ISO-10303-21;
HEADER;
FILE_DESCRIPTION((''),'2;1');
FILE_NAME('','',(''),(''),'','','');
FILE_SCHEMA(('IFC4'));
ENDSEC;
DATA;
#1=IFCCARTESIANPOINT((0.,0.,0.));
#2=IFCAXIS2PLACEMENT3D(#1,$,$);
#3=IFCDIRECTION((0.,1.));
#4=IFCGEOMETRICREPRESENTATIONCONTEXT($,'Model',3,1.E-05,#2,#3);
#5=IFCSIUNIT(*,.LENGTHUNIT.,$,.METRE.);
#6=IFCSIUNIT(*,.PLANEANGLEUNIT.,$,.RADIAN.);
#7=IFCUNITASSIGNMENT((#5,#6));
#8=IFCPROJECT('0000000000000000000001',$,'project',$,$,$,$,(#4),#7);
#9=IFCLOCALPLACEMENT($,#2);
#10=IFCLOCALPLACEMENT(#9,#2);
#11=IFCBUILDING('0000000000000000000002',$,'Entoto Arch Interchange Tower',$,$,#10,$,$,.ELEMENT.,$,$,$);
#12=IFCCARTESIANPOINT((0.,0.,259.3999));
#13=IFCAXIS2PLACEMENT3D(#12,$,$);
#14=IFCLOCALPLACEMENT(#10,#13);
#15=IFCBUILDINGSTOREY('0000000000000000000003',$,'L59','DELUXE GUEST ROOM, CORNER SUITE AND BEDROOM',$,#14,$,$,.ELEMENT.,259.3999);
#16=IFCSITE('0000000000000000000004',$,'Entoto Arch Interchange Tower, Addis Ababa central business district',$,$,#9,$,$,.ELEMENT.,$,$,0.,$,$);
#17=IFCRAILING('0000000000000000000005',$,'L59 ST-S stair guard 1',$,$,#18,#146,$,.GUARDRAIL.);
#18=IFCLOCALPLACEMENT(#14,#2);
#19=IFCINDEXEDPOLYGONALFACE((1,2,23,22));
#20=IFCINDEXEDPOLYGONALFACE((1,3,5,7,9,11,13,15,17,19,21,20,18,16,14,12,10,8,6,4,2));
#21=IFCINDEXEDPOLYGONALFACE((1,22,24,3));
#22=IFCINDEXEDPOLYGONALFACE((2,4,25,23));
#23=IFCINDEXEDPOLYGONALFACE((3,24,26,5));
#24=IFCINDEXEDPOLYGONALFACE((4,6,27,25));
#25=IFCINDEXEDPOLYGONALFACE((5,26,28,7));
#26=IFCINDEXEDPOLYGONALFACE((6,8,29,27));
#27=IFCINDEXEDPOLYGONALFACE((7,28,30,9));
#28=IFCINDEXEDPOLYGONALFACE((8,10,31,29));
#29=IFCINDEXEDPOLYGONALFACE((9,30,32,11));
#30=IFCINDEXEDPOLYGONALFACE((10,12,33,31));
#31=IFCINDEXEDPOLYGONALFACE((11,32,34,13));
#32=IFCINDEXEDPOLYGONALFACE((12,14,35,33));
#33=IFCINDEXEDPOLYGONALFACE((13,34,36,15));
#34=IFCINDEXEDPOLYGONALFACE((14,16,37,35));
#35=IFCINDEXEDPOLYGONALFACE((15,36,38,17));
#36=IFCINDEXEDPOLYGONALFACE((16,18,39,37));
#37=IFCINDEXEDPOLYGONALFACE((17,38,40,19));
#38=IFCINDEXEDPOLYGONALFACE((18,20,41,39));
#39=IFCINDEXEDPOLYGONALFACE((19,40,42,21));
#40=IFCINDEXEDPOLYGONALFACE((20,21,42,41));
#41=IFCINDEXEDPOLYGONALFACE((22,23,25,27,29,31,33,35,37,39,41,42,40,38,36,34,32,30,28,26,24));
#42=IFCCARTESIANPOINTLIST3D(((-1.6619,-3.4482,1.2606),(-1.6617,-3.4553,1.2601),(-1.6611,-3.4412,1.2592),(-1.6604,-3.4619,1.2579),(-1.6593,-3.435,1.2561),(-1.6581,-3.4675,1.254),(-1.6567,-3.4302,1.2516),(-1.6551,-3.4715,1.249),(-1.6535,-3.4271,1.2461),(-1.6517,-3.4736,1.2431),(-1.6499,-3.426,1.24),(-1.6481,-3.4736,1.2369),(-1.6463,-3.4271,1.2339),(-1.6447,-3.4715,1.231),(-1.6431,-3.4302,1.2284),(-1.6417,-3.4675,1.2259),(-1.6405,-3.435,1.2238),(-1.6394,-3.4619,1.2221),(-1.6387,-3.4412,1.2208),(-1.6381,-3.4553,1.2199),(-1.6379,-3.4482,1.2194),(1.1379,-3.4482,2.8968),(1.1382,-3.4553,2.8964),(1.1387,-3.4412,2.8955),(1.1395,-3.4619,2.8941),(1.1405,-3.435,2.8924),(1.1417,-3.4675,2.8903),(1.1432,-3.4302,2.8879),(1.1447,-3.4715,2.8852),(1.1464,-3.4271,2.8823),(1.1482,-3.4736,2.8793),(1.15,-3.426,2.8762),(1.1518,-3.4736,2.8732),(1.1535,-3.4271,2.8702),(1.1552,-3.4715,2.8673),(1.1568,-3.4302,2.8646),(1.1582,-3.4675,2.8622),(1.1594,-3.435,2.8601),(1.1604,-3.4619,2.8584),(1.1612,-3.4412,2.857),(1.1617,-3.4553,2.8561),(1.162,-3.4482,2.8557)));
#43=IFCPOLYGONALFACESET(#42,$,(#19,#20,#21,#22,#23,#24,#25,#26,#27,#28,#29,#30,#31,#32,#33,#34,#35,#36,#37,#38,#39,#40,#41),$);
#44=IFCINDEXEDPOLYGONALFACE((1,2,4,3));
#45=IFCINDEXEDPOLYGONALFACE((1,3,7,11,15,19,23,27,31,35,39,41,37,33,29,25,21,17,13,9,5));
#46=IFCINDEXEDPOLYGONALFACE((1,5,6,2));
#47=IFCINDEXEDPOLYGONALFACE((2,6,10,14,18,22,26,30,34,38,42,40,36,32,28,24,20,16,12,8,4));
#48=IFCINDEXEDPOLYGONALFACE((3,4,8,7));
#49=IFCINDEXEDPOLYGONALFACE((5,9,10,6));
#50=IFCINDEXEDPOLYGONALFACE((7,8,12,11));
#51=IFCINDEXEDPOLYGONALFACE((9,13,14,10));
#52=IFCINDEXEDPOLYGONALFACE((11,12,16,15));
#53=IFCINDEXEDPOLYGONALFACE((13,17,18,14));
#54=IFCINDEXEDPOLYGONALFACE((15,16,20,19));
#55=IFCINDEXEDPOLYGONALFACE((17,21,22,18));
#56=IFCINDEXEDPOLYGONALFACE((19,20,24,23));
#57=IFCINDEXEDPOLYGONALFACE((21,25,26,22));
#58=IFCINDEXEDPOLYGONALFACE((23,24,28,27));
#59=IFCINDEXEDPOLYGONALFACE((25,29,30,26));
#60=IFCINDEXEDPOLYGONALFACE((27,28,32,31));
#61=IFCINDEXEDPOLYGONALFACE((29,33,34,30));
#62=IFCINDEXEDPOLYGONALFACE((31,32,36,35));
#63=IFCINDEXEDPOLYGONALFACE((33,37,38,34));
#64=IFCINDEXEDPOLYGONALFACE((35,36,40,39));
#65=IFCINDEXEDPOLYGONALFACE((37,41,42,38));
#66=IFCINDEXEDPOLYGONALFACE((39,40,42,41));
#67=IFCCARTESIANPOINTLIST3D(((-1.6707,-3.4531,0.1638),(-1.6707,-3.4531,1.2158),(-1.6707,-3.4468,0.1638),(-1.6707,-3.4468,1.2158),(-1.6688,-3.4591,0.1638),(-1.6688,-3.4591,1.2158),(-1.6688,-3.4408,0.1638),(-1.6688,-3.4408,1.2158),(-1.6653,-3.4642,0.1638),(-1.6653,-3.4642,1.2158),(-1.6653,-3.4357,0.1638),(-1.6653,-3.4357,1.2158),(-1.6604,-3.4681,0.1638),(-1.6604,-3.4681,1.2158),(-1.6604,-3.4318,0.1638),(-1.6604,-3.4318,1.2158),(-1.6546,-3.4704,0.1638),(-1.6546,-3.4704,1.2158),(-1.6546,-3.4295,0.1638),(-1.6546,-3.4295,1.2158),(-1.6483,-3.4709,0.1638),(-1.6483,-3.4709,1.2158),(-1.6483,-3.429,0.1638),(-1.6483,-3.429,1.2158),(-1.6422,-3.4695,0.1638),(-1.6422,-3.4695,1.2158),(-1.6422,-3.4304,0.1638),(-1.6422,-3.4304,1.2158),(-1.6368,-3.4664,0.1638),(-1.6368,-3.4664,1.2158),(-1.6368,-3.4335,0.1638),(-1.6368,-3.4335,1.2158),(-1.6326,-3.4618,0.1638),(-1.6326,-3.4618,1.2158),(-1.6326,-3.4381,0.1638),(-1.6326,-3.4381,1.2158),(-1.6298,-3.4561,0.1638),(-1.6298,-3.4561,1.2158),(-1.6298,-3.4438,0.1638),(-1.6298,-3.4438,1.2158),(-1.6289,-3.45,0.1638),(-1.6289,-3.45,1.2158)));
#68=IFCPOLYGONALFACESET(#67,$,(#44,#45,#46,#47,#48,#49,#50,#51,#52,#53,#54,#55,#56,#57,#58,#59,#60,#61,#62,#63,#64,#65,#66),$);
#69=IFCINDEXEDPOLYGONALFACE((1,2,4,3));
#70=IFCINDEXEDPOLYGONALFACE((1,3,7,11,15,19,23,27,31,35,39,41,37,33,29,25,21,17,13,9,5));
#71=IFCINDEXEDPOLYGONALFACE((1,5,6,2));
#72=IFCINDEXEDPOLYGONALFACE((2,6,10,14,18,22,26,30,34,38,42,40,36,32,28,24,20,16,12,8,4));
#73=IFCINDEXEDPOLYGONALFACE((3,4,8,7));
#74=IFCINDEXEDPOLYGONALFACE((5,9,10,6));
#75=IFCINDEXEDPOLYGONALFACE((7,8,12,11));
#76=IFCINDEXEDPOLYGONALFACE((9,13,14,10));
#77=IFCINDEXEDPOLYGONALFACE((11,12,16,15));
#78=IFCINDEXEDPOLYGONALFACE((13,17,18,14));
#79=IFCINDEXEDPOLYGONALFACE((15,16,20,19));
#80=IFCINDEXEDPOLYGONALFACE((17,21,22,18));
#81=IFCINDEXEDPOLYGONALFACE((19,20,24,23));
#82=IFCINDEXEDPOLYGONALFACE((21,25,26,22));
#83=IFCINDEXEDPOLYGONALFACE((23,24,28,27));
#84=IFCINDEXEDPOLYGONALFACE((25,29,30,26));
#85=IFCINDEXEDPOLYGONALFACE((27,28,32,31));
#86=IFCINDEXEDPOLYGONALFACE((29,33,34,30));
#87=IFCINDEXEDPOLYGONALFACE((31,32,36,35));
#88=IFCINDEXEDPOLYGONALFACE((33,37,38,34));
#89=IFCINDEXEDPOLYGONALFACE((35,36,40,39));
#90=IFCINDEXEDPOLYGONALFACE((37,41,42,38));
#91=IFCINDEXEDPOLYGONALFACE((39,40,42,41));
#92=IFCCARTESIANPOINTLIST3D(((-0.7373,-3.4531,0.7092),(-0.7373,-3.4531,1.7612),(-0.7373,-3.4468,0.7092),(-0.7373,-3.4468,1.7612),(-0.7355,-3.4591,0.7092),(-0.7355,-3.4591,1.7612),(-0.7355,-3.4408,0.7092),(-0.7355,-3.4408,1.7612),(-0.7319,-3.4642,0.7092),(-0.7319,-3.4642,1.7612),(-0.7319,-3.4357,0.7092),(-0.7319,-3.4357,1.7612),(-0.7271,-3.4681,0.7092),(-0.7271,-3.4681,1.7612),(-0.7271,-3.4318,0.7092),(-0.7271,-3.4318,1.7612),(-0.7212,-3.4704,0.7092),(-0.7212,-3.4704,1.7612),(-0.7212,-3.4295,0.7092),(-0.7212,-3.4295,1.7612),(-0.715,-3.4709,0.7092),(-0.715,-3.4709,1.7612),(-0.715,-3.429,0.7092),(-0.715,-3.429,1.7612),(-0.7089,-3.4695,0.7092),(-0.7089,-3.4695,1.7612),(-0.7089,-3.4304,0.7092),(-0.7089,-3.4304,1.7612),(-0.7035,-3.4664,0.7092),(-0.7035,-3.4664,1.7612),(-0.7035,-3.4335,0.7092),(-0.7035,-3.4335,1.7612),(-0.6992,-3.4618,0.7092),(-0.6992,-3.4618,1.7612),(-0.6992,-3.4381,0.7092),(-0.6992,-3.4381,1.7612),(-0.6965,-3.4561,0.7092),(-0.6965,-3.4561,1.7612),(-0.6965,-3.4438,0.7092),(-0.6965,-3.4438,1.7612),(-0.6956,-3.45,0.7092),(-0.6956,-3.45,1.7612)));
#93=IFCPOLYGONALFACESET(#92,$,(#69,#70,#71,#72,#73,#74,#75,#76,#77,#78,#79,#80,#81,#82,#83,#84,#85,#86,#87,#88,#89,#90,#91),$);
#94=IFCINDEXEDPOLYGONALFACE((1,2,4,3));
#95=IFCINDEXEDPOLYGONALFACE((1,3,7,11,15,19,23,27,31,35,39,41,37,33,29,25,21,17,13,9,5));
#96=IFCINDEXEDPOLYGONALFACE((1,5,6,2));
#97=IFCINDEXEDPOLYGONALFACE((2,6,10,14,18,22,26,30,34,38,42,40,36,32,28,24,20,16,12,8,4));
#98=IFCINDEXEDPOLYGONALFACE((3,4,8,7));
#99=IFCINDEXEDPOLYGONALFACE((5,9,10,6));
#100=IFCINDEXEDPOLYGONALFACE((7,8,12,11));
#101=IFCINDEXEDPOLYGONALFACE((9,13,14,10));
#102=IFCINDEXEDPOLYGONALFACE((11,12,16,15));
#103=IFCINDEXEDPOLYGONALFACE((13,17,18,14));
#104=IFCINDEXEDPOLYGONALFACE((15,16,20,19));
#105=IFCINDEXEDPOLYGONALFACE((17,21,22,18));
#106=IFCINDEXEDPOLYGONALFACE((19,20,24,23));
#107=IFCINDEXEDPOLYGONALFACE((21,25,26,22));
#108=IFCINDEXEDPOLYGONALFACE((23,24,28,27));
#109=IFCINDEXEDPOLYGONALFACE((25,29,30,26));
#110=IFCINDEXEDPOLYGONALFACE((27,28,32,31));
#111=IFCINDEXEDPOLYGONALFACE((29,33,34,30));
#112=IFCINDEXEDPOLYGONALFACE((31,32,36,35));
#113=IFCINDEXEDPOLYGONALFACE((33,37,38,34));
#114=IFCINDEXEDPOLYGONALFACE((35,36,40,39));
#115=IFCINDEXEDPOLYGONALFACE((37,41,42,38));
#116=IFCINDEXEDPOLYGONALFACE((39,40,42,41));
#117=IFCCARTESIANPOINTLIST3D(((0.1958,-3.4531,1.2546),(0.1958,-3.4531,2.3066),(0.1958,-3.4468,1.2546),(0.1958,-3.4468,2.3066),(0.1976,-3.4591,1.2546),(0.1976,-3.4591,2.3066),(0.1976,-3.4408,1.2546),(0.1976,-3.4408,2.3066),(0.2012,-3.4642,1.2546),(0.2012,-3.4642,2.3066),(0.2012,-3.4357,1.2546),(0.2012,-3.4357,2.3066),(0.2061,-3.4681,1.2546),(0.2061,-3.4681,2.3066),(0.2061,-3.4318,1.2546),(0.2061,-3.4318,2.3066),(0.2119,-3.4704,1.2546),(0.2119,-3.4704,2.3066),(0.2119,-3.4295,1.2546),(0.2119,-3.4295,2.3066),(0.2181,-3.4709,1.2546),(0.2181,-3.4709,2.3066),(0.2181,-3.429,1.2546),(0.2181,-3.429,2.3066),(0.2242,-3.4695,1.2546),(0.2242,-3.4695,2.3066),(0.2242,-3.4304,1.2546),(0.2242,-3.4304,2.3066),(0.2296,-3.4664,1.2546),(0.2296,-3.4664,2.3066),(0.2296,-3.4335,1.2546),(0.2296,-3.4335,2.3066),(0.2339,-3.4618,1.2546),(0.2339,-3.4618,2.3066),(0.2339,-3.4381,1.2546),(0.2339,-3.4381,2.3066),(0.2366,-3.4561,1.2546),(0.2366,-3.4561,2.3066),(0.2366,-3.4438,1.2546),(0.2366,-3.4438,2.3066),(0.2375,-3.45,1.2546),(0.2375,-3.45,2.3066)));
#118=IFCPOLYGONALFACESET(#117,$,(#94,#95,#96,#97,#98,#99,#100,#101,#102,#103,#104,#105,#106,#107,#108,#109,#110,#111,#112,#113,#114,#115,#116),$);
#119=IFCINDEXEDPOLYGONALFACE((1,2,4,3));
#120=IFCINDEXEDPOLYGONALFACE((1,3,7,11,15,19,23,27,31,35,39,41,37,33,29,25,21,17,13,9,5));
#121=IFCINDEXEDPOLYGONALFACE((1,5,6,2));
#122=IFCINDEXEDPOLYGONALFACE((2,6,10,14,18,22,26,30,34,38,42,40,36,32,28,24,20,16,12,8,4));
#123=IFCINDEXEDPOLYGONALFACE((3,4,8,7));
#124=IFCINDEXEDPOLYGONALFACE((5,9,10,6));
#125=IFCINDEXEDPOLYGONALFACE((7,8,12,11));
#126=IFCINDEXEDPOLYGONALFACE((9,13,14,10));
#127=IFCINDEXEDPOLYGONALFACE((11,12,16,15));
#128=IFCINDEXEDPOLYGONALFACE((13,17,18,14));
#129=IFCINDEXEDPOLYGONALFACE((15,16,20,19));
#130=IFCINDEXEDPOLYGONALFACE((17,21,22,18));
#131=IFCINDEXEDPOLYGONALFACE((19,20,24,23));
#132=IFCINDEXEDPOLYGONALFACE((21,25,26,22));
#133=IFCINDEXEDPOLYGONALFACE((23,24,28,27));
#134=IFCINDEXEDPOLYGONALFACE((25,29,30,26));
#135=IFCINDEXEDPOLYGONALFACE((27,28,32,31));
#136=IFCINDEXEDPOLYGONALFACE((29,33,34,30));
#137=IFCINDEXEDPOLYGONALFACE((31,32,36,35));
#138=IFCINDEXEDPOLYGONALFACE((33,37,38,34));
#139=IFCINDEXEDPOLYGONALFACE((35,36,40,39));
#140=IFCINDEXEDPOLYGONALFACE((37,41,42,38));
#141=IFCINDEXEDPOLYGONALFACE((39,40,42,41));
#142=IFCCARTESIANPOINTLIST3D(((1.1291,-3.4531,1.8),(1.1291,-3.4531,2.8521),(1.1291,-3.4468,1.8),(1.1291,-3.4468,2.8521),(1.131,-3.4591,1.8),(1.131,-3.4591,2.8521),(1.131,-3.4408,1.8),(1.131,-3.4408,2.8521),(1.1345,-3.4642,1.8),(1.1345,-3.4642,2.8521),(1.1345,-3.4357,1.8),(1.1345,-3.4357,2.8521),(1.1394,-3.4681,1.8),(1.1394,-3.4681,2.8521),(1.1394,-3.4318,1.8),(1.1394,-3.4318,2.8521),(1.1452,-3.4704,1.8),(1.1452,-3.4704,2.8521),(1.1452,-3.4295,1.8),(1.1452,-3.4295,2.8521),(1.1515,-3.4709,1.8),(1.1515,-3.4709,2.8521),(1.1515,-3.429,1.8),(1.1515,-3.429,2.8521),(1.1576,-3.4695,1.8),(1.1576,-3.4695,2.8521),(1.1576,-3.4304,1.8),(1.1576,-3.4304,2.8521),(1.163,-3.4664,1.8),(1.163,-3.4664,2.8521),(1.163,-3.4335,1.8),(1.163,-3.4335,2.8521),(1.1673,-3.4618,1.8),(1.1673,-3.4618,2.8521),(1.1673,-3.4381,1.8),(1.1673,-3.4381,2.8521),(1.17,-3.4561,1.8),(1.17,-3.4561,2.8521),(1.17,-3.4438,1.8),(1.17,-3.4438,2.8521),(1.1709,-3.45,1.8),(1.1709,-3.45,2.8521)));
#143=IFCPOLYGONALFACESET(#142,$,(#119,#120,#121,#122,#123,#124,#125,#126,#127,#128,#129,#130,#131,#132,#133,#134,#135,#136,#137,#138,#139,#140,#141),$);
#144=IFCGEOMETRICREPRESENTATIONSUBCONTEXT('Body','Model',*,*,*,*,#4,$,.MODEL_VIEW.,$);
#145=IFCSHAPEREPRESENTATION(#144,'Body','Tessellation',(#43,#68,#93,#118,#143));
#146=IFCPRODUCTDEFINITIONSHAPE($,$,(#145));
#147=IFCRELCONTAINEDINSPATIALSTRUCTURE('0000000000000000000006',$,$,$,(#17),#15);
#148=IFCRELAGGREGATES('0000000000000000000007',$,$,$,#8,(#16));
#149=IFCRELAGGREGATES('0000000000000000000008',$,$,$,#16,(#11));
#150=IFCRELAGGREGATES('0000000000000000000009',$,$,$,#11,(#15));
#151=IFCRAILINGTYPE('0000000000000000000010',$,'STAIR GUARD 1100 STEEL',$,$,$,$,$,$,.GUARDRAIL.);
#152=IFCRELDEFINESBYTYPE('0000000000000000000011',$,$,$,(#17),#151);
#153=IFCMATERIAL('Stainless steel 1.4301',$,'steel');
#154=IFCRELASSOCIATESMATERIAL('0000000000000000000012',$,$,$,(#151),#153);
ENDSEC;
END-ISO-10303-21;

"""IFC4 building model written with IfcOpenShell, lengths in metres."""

from ifc_helpers import new_model, si_unit, direction, frame, origin, origin_2d, place, context, subcontext, project, spatial, circle, extrude, material, type_object, element, save


model = new_model("IFC4")

# Units and contexts
model_context = context("Model", 3, precision=1e-05, world=origin(), true_north=direction((0.0, 1.0)))
body_context = subcontext(model_context, "Body", "Model", "MODEL_VIEW")
ifc_project = project(units=[si_unit("LENGTHUNIT", "METRE"), si_unit("PLANEANGLEUNIT", "RADIAN")], contexts=[model_context])

# Site, building, storey
site_placement = place(None, origin())
site = spatial("IfcSite", under=ifc_project, at=site_placement, Name="Entoto Arch Interchange Tower, Addis Ababa central business district", CompositionType="ELEMENT", RefElevation=0.0)
building_placement = place(site_placement, origin())
building = spatial("IfcBuilding", under=site, at=building_placement, Name="Entoto Arch Interchange Tower", CompositionType="ELEMENT")
storey_placement = place(building_placement, frame((0.0, 0.0, 259.3999)))
storey = spatial("IfcBuildingStorey", under=building, at=storey_placement, Name="L59", Description="DELUXE GUEST ROOM, CORNER SUITE AND BEDROOM", CompositionType="ELEMENT", Elevation=259.3999)

# Railing
ifc_material_1 = material(Name="Stainless steel 1.4301", Category="steel")
railing_type_1 = type_object("IfcRailingType", Name="STAIR GUARD 1100 STEEL", PredefinedType="GUARDRAIL", material=ifc_material_1)
railing_1_placement = place(storey_placement, frame((-1.6499, -3.45, 0.1638)))
element("IfcRailing", 1, at=railing_1_placement, inside=storey, type_object=railing_type_1, Name="L59 ST-S stair guard 1", PredefinedType="GUARDRAIL", context=body_context, shape_type="SweptSolid", body=[
    extrude(circle(Radius=0.0239, at=origin_2d()), frame((0.0, 0.0, 1.0762), z_axis=(0.863374, 0.0, 0.504564), x_axis=(0.0, 1.0, 0.0)), (0.0, 0.0, 1.0), 3.2429),
    extrude(circle(Radius=0.021, at=origin_2d()), origin(), (0.0, 0.0, 1.0), 1.052),
    extrude(circle(Radius=0.021, at=origin_2d()), frame((0.9333, 0.0, 0.5454)), (0.0, 0.0, 1.0), 1.052),
    extrude(circle(Radius=0.021, at=origin_2d()), frame((1.8665, 0.0, 1.0908)), (0.0, 0.0, 1.0), 1.052),
    extrude(circle(Radius=0.021, at=origin_2d()), frame((2.7998, 0.0, 1.6362)), (0.0, 0.0, 1.0), 1.052),
])

save(model, "model.ifc")
